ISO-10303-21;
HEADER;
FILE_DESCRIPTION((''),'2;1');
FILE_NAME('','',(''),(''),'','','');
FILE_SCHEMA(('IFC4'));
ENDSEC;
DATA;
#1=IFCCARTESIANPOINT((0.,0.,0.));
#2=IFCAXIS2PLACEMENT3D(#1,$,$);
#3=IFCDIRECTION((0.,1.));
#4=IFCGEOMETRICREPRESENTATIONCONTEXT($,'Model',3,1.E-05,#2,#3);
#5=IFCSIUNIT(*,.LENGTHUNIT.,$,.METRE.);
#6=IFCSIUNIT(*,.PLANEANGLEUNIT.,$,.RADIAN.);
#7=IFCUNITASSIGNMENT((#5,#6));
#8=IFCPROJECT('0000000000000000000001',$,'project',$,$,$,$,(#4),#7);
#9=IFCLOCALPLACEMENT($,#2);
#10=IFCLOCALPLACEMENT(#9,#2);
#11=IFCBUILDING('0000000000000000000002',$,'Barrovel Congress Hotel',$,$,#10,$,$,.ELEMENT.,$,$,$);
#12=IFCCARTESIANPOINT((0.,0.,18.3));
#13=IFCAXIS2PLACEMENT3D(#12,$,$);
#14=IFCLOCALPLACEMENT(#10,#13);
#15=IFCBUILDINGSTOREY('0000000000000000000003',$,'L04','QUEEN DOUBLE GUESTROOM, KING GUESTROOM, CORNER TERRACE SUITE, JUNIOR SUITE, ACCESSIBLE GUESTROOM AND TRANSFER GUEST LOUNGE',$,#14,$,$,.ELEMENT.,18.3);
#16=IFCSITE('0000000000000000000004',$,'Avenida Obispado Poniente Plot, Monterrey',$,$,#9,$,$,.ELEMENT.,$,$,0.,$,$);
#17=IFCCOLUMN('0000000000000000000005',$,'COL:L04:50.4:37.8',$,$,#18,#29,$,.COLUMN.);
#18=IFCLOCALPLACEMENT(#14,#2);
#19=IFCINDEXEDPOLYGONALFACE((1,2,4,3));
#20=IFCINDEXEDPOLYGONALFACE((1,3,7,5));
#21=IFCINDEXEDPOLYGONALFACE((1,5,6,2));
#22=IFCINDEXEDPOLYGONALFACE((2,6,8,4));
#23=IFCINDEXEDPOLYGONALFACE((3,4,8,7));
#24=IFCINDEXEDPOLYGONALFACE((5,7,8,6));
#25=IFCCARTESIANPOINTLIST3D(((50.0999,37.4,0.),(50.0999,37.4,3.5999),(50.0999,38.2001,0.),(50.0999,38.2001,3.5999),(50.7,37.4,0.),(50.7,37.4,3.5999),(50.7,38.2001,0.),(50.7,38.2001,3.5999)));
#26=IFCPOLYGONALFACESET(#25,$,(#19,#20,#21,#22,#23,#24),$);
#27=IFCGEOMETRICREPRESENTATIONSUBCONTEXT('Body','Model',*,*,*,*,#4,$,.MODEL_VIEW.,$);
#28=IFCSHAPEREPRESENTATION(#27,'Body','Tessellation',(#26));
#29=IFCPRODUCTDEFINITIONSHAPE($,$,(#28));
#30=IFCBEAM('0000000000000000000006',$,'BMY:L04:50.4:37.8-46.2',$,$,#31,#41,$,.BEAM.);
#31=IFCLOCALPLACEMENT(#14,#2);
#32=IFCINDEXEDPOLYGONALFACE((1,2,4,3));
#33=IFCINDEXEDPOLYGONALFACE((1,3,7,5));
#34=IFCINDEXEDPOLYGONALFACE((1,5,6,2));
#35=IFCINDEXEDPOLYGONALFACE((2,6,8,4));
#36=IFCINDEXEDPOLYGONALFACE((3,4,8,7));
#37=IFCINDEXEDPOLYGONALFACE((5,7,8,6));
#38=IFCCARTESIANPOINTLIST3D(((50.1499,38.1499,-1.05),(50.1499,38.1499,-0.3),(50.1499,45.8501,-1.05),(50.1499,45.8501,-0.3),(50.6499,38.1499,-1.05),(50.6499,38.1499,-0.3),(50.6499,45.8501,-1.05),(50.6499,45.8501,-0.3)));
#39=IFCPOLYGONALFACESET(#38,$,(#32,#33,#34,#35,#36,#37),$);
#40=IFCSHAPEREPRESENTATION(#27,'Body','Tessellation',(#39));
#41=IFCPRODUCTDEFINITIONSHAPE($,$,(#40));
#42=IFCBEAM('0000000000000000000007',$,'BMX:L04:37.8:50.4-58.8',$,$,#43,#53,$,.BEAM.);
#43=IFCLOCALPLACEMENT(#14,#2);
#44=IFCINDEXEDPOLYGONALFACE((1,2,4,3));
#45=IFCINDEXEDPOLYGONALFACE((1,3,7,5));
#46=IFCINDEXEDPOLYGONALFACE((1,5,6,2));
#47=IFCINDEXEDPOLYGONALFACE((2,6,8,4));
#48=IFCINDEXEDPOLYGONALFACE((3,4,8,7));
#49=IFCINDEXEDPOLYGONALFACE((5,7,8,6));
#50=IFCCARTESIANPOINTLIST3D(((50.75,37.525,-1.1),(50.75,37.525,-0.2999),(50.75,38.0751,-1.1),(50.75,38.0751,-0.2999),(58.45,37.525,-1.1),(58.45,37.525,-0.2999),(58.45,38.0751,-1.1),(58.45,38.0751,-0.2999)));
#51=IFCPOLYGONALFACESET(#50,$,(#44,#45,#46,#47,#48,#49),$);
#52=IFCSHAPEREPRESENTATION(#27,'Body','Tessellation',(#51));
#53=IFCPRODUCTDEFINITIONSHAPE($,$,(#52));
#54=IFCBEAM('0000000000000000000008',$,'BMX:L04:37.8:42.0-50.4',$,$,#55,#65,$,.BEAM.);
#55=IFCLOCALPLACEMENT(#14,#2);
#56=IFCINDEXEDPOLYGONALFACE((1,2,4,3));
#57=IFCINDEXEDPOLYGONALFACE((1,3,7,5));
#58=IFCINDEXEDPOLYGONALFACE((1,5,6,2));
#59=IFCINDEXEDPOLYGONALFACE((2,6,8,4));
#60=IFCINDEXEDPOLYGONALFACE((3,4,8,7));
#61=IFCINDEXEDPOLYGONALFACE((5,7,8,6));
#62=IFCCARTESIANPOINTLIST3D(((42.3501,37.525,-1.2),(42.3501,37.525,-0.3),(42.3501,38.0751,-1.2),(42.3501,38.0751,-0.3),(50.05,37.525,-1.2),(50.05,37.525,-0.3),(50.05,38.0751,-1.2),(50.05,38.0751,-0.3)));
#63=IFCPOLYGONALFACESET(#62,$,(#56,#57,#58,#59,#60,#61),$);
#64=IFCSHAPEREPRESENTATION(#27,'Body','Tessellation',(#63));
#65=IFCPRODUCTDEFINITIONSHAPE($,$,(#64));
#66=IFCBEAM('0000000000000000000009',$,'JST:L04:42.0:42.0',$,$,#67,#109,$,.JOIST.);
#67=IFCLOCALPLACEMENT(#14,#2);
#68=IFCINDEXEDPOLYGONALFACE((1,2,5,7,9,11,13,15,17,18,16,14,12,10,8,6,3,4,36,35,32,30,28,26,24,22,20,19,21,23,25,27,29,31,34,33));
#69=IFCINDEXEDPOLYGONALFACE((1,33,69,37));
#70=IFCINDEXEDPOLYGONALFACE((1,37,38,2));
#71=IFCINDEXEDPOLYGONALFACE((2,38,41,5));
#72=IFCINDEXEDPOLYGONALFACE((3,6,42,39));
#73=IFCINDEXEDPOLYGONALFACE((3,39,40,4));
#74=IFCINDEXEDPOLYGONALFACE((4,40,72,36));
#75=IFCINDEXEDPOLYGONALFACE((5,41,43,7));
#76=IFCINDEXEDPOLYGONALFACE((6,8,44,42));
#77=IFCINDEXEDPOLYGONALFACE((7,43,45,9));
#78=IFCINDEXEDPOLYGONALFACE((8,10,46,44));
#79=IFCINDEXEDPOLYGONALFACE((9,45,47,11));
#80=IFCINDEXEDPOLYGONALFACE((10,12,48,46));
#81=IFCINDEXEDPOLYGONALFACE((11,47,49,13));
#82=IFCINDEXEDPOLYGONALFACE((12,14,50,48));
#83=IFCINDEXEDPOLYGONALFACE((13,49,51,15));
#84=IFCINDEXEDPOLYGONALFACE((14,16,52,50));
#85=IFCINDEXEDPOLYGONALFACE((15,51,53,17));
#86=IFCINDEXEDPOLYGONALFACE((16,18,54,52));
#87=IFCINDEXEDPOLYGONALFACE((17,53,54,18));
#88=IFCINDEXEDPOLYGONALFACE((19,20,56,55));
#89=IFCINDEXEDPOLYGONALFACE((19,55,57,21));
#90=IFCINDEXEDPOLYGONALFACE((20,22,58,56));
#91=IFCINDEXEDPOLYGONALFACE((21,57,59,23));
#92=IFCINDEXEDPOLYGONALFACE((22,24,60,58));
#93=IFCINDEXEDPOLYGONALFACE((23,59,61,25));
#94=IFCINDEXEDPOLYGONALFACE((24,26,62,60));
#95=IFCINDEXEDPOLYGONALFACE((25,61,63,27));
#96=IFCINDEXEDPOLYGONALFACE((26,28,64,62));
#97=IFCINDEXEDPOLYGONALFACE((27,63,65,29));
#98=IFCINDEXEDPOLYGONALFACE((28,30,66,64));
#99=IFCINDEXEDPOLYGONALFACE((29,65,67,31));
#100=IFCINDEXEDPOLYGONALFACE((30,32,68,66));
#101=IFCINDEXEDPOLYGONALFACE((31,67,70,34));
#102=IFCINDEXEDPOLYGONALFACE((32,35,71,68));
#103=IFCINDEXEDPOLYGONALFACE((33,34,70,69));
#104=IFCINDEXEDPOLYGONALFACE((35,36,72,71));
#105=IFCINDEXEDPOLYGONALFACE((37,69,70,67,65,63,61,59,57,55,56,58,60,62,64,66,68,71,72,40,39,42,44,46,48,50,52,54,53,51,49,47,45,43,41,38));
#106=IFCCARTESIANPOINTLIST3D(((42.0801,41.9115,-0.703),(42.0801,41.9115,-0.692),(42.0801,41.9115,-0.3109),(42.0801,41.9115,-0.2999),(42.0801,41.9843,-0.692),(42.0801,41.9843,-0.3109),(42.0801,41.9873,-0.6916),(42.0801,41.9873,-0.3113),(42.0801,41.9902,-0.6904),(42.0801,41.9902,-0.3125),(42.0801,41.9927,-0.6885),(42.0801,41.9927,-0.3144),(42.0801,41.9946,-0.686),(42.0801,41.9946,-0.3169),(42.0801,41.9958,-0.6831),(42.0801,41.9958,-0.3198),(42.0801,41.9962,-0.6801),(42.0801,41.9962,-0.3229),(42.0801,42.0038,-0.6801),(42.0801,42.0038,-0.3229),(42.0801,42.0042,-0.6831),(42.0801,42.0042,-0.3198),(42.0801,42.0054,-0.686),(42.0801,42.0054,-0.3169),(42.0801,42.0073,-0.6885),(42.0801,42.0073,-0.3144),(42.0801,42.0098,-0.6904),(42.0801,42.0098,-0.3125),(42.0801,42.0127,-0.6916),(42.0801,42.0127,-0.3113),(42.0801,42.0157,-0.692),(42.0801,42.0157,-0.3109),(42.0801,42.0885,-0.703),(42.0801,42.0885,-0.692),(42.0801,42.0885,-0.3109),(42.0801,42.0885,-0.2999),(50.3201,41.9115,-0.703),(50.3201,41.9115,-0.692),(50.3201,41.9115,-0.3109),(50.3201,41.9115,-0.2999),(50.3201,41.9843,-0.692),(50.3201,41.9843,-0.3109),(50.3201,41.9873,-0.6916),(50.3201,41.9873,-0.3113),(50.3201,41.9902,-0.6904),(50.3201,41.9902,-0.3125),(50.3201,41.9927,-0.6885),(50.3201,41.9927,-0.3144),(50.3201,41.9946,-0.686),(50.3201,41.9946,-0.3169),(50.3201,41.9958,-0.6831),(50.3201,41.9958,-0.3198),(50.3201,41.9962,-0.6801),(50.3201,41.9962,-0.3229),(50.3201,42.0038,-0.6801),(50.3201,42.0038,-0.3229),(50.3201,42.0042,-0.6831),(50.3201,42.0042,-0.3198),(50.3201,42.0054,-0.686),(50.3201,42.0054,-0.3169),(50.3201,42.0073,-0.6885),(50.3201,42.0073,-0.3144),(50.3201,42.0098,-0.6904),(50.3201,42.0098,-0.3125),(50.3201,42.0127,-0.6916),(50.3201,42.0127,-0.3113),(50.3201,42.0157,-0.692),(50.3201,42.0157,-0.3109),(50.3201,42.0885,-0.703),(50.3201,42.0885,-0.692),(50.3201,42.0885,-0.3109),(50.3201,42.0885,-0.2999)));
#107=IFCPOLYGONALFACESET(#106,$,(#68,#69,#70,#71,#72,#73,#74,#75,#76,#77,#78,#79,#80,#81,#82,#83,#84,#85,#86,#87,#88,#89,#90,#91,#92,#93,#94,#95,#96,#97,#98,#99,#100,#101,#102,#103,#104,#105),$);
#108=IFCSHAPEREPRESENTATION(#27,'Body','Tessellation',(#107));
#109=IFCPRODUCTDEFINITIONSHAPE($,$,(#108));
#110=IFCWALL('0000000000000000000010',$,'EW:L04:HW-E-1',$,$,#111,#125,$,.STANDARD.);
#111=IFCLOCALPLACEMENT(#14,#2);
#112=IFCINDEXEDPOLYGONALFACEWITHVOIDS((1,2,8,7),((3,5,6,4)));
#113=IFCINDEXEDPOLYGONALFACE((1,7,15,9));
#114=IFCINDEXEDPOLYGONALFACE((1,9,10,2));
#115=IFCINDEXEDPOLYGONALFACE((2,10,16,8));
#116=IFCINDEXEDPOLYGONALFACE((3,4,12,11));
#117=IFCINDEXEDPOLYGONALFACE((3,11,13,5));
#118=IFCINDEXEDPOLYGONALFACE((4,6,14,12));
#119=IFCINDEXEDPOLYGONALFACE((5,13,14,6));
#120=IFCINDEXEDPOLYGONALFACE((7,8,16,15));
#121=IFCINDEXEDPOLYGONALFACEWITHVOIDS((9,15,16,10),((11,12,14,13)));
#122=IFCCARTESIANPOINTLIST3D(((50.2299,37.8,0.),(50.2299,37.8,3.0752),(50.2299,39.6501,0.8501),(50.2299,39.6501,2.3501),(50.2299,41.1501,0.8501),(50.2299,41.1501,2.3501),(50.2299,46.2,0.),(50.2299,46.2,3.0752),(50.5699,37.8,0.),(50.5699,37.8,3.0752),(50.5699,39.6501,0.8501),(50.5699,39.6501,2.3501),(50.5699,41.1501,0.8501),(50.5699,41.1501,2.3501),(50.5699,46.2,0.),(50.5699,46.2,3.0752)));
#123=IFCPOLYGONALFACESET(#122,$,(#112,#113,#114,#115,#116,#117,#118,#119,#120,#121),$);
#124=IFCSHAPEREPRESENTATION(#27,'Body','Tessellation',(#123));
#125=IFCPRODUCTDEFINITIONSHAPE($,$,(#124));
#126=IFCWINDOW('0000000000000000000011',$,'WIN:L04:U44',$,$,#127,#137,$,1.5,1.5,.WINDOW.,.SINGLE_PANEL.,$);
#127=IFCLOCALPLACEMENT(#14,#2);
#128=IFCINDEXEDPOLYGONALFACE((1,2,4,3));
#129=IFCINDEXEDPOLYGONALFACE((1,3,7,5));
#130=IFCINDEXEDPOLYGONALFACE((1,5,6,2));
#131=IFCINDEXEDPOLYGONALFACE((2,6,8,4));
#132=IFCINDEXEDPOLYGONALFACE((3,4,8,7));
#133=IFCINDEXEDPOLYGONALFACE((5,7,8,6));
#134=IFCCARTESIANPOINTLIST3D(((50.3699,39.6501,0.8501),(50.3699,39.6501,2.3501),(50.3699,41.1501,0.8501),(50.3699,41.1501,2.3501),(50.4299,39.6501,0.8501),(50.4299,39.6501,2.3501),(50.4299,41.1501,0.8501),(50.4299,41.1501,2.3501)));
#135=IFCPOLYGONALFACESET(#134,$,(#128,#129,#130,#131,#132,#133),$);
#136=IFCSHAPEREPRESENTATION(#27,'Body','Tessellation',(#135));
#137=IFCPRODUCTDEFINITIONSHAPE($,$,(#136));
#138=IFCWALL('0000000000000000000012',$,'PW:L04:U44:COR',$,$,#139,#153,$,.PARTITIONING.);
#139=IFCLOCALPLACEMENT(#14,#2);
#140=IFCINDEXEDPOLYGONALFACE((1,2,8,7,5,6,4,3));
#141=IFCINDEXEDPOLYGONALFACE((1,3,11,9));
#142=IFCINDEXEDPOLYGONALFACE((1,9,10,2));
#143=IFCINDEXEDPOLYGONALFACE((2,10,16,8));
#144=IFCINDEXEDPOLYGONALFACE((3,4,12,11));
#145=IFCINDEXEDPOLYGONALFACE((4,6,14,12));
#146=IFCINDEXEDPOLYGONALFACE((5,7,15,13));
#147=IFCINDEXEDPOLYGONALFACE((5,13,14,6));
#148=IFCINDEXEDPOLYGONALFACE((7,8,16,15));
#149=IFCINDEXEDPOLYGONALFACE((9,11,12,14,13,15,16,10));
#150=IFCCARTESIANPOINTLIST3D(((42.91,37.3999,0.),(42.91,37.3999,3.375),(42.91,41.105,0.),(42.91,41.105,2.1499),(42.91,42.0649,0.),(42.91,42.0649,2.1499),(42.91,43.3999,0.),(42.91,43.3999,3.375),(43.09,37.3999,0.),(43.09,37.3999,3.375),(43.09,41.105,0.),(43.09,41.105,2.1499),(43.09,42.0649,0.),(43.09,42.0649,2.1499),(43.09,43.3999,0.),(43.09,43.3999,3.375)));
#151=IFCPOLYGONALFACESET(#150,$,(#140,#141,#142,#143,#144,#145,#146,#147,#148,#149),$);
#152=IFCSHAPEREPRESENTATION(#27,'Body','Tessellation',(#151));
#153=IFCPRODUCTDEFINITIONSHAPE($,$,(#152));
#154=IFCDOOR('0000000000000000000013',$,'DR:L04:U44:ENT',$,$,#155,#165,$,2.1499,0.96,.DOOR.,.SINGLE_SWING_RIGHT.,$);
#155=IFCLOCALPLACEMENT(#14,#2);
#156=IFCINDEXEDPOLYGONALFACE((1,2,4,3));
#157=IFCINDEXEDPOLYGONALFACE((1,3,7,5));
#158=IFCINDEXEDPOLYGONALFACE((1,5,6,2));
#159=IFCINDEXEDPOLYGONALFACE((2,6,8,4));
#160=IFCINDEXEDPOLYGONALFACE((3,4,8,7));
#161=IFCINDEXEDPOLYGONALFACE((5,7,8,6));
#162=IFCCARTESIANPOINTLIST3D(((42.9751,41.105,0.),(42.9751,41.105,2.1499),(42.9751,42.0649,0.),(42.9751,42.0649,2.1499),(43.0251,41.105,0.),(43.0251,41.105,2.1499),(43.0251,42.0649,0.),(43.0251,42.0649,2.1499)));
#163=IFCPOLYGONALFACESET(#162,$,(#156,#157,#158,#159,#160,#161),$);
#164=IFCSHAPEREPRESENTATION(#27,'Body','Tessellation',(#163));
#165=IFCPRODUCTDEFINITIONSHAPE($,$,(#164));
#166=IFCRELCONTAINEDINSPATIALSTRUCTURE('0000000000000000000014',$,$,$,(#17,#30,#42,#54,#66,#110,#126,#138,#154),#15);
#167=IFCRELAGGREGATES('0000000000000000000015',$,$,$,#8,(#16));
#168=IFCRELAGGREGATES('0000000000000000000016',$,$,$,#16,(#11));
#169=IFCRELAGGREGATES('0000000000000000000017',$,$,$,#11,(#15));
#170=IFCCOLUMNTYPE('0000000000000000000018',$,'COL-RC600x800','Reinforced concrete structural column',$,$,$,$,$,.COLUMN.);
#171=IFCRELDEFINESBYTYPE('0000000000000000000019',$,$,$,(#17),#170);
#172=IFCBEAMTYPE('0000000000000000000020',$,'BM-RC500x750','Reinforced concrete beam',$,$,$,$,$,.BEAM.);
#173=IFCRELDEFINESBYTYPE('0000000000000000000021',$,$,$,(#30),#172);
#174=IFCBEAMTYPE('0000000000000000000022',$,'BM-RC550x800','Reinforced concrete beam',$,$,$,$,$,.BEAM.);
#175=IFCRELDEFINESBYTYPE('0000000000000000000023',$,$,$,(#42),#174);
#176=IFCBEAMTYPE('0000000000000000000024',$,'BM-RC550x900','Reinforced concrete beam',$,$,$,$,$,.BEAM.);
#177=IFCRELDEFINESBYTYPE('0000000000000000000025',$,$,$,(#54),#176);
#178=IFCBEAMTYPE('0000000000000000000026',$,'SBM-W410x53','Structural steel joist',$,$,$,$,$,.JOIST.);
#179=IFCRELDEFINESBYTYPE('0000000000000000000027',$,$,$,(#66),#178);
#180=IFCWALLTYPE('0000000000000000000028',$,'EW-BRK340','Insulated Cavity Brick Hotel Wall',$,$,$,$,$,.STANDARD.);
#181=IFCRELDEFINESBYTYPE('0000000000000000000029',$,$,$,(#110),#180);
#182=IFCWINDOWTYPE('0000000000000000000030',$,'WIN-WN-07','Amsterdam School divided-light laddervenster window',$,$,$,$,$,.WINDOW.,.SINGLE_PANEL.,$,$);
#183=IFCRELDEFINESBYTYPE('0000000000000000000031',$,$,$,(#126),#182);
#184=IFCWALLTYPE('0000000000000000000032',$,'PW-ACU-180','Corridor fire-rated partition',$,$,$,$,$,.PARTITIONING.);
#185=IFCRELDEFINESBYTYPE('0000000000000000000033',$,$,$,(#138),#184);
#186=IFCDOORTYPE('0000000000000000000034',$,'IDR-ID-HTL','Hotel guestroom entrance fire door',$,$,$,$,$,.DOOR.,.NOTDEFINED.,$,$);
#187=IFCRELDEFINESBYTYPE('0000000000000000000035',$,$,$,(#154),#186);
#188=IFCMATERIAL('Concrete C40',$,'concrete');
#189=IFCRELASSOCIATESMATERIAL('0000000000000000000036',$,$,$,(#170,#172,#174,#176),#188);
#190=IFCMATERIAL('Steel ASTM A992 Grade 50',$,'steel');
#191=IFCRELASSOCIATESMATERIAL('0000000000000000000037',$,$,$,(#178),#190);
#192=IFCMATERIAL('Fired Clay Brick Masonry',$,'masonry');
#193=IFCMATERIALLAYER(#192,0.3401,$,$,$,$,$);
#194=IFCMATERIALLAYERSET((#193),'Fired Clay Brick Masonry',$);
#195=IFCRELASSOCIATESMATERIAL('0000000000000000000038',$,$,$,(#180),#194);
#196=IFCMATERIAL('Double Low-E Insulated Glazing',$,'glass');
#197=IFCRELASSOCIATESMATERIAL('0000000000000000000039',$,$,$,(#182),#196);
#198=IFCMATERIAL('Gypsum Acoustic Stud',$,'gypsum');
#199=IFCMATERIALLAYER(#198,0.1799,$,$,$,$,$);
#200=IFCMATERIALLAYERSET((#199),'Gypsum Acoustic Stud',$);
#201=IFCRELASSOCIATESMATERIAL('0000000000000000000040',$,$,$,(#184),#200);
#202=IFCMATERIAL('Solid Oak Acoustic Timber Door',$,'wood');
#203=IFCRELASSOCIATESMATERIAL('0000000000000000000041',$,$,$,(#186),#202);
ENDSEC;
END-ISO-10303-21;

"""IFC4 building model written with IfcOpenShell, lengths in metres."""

from ifc_helpers import new_model, si_unit, direction, frame, frame_2d, origin, origin_2d, place, context, subcontext, project, spatial, rectangle, i_section, extrude, material, layer, layer_set, material_profile, profile_set, type_object, element, fill, save


model = new_model("IFC4")

# Units and contexts
model_context = context("Model", 3, precision=1e-05, world=origin(), true_north=direction((0.0, 1.0)))
body_context = subcontext(model_context, "Body", "Model", "MODEL_VIEW")
ifc_project = project(units=[si_unit("LENGTHUNIT", "METRE"), si_unit("PLANEANGLEUNIT", "RADIAN")], contexts=[model_context])

# Site, building, storey
site_placement = place(None, origin())
site = spatial("IfcSite", under=ifc_project, at=site_placement, Name="Avenida Obispado Poniente Plot, Monterrey", CompositionType="ELEMENT", RefElevation=0.0)
building_placement = place(site_placement, origin())
building = spatial("IfcBuilding", under=site, at=building_placement, Name="Barrovel Congress Hotel", CompositionType="ELEMENT")
storey_placement = place(building_placement, frame((0.0, 0.0, 18.3)))
storey = spatial("IfcBuildingStorey", under=building, at=storey_placement, Name="L04", Description="QUEEN DOUBLE GUESTROOM, KING GUESTROOM, CORNER TERRACE SUITE, JUNIOR SUITE, ACCESSIBLE GUESTROOM AND TRANSFER GUEST LOUNGE", CompositionType="ELEMENT", Elevation=18.3)

# Column
ifc_material_1 = material(Name="Concrete C40", Category="concrete")
ifc_material_profile_1 = material_profile(ifc_material_1, rectangle(XDim=0.6001, YDim=0.8, at=origin_2d()), Name="RC600x800")
ifc_profile_set_1 = profile_set([ifc_material_profile_1], Name="Concrete C40")
column_type = type_object("IfcColumnType", Name="COL-RC600x800", Description="Reinforced concrete structural column", PredefinedType="COLUMN", material=ifc_profile_set_1)
column_placement = place(storey_placement, frame((50.3999, 37.8, 0.0), z_axis=(0.0, 0.0, 1.0), x_axis=(1.0, 0.0, 0.0)))
element("IfcColumn", 1, at=column_placement, inside=storey, type_object=column_type, Name="COL:L04:50.4:37.8", PredefinedType="COLUMN", context=body_context, shape_type="SweptSolid", body=[
    extrude(rectangle(XDim=0.6001, YDim=0.8, at=origin_2d()), origin(), (0.0, 0.0, 1.0), 3.5999),
])

# Beams
ifc_material_profile_2 = material_profile(ifc_material_1, rectangle(XDim=0.5, YDim=0.75, at=origin_2d()), Name="RC500x750")
ifc_profile_set_2 = profile_set([ifc_material_profile_2], Name="Concrete C40")
beam_type_1 = type_object("IfcBeamType", Name="BM-RC500x750", Description="Reinforced concrete beam", PredefinedType="BEAM", material=ifc_profile_set_2)
beam_1_placement = place(storey_placement, frame((50.3999, 38.1499, -0.675), z_axis=(0.0, 1.0, 0.0), x_axis=(-1.0, 0.0, 0.0)))
element("IfcBeam", 2, at=beam_1_placement, inside=storey, type_object=beam_type_1, Name="BMY:L04:50.4:37.8-46.2", PredefinedType="BEAM", context=body_context, shape_type="SweptSolid", body=[
    extrude(rectangle(XDim=0.5, YDim=0.75, at=origin_2d()), origin(), (0.0, 0.0, 1.0), 7.7002),
])
ifc_material_profile_3 = material_profile(ifc_material_1, rectangle(XDim=0.55, YDim=0.8, at=origin_2d()), Name="RC550x800")
ifc_profile_set_3 = profile_set([ifc_material_profile_3], Name="Concrete C40")
beam_type_2 = type_object("IfcBeamType", Name="BM-RC550x800", Description="Reinforced concrete beam", PredefinedType="BEAM", material=ifc_profile_set_3)
beam_2_placement = place(storey_placement, frame((50.75, 37.8, -0.7), z_axis=(1.0, 0.0, 0.0), x_axis=(0.0, 1.0, 0.0)))
element("IfcBeam", 3, at=beam_2_placement, inside=storey, type_object=beam_type_2, Name="BMX:L04:37.8:50.4-58.8", PredefinedType="BEAM", context=body_context, shape_type="SweptSolid", body=[
    extrude(rectangle(XDim=0.55, YDim=0.8, at=origin_2d()), origin(), (0.0, 0.0, 1.0), 7.7),
])
ifc_material_profile_4 = material_profile(ifc_material_1, rectangle(XDim=0.55, YDim=0.8999, at=origin_2d()), Name="RC550x900")
ifc_profile_set_4 = profile_set([ifc_material_profile_4], Name="Concrete C40")
beam_type_3 = type_object("IfcBeamType", Name="BM-RC550x900", Description="Reinforced concrete beam", PredefinedType="BEAM", material=ifc_profile_set_4)
beam_3_placement = place(storey_placement, frame((42.3501, 37.8, -0.75), z_axis=(1.0, 0.0, 0.0), x_axis=(0.0, 1.0, 0.0)))
element("IfcBeam", 4, at=beam_3_placement, inside=storey, type_object=beam_type_3, Name="BMX:L04:37.8:42.0-50.4", PredefinedType="BEAM", context=body_context, shape_type="SweptSolid", body=[
    extrude(rectangle(XDim=0.55, YDim=0.8999, at=origin_2d()), origin(), (0.0, 0.0, 1.0), 7.7),
])
ifc_material_2 = material(Name="Steel ASTM A992 Grade 50", Category="steel")
ifc_material_profile_5 = material_profile(ifc_material_2, i_section(OverallWidth=0.177, OverallDepth=0.4031, WebThickness=0.0076, FlangeThickness=0.011, FilletRadius=0.012, at=origin_2d()), Name="W410x53")
ifc_profile_set_5 = profile_set([ifc_material_profile_5], Name="Steel ASTM A992 Grade 50")
beam_type_4 = type_object("IfcBeamType", Name="SBM-W410x53", Description="Structural steel joist", PredefinedType="JOIST", material=ifc_profile_set_5)
beam_4_placement = place(storey_placement, frame((42.0801, 42.0, -0.5015), z_axis=(1.0, 0.0, 0.0), x_axis=(0.0, 1.0, 0.0)))
element("IfcBeam", 5, at=beam_4_placement, inside=storey, type_object=beam_type_4, Name="JST:L04:42.0:42.0", PredefinedType="JOIST", context=body_context, shape_type="SweptSolid", body=[
    extrude(i_section(OverallWidth=0.177, OverallDepth=0.4031, WebThickness=0.0076, FlangeThickness=0.011, FilletRadius=0.012, at=origin_2d()), origin(), (0.0, 0.0, 1.0), 8.24),
])

# Wall, opening, window
ifc_material_3 = material(Name="Fired Clay Brick Masonry", Category="masonry")
ifc_layer_1 = layer(ifc_material_3, 0.3401)
ifc_layer_set_1 = layer_set([ifc_layer_1], Name="Fired Clay Brick Masonry")
wall_type_1 = type_object("IfcWallType", Name="EW-BRK340", Description="Insulated Cavity Brick Hotel Wall", PredefinedType="STANDARD", material=ifc_layer_set_1)
wall_1_placement = place(storey_placement, frame((50.3999, 37.8, 0.0), z_axis=(0.0, 0.0, 1.0), x_axis=(0.0, 1.0, 0.0)))
wall_1 = element("IfcWall", 6, at=wall_1_placement, inside=storey, type_object=wall_type_1, Name="EW:L04:HW-E-1", PredefinedType="STANDARD", context=body_context, shape_type="SweptSolid", body=[
    extrude(rectangle(XDim=8.3999, YDim=0.3401, at=frame_2d((4.2, 0.0))), origin(), (0.0, 0.0, 1.0), 3.0752),
])
opening_1_placement = place(wall_1_placement, frame((1.8501, 0.0, 0.8501)))
opening_1 = element("IfcOpeningElement", 7, at=opening_1_placement, cuts=wall_1, PredefinedType="OPENING", context=body_context, shape_type="SweptSolid", body=[
    extrude(rectangle(XDim=1.5, YDim=1.5, at=frame_2d((0.75, 0.75))), frame((0.0, 0.1802, 0.0), z_axis=(0.0, -1.0, 0.0), x_axis=(1.0, 0.0, 0.0)), (0.0, 0.0, 1.0), 0.3601),
])
ifc_material_4 = material(Name="Double Low-E Insulated Glazing", Category="glass")
window_type = type_object("IfcWindowType", Name="WIN-WN-07", Description="Amsterdam School divided-light laddervenster window", PartitioningType="SINGLE_PANEL", PredefinedType="WINDOW", material=ifc_material_4)
window_placement = place(opening_1_placement, origin())
window = element("IfcWindow", 8, at=window_placement, inside=storey, type_object=window_type, Name="WIN:L04:U44", OverallHeight=1.5, OverallWidth=1.5, PartitioningType="SINGLE_PANEL", PredefinedType="WINDOW", context=body_context, shape_type="SweptSolid", body=[
    extrude(rectangle(XDim=1.5, YDim=1.5, at=frame_2d((0.75, 0.75))), frame((0.0, 0.03, 0.0), z_axis=(0.0, -1.0, 0.0), x_axis=(1.0, 0.0, 0.0)), (0.0, 0.0, 1.0), 0.0601),
])
fill(opening_1, window)

# Wall, opening, door
ifc_material_5 = material(Name="Gypsum Acoustic Stud", Category="gypsum")
ifc_layer_2 = layer(ifc_material_5, 0.1799)
ifc_layer_set_2 = layer_set([ifc_layer_2], Name="Gypsum Acoustic Stud")
wall_type_2 = type_object("IfcWallType", Name="PW-ACU-180", Description="Corridor fire-rated partition", PredefinedType="PARTITIONING", material=ifc_layer_set_2)
wall_2_placement = place(storey_placement, frame((43.0, 37.3999, 0.0), z_axis=(0.0, 0.0, 1.0), x_axis=(0.0, 1.0, 0.0)))
wall_2 = element("IfcWall", 9, at=wall_2_placement, inside=storey, type_object=wall_type_2, Name="PW:L04:U44:COR", PredefinedType="PARTITIONING", context=body_context, shape_type="SweptSolid", body=[
    extrude(rectangle(XDim=6.0, YDim=0.1799, at=frame_2d((3.0, 0.0))), origin(), (0.0, 0.0, 1.0), 3.375),
])
opening_2_placement = place(wall_2_placement, frame((3.7051, 0.0, 0.0)))
opening_2 = element("IfcOpeningElement", 10, at=opening_2_placement, cuts=wall_2, PredefinedType="OPENING", context=body_context, shape_type="SweptSolid", body=[
    extrude(rectangle(XDim=0.96, YDim=2.1499, at=frame_2d((0.48, 1.075))), frame((0.0, 0.1001, 0.0), z_axis=(0.0, -1.0, 0.0), x_axis=(1.0, 0.0, 0.0)), (0.0, 0.0, 1.0), 0.2),
])
ifc_material_6 = material(Name="Solid Oak Acoustic Timber Door", Category="wood")
door_type_1 = type_object("IfcDoorType", Name="IDR-ID-HTL", Description="Hotel guestroom entrance fire door", OperationType="NOTDEFINED", PredefinedType="DOOR", material=ifc_material_6)
door_1_placement = place(opening_2_placement, origin())
door_1 = element("IfcDoor", 11, at=door_1_placement, inside=storey, type_object=door_type_1, Name="DR:L04:U44:ENT", OperationType="SINGLE_SWING_RIGHT", OverallHeight=2.1499, OverallWidth=0.96, PredefinedType="DOOR", context=body_context, shape_type="SweptSolid", body=[
    extrude(rectangle(XDim=0.96, YDim=2.1499, at=frame_2d((0.48, 1.075))), frame((0.0, 0.0249, 0.0), z_axis=(0.0, -1.0, 0.0), x_axis=(1.0, 0.0, 0.0)), (0.0, 0.0, 1.0), 0.05),
])
fill(opening_2, door_1)

save(model, "model.ifc")
